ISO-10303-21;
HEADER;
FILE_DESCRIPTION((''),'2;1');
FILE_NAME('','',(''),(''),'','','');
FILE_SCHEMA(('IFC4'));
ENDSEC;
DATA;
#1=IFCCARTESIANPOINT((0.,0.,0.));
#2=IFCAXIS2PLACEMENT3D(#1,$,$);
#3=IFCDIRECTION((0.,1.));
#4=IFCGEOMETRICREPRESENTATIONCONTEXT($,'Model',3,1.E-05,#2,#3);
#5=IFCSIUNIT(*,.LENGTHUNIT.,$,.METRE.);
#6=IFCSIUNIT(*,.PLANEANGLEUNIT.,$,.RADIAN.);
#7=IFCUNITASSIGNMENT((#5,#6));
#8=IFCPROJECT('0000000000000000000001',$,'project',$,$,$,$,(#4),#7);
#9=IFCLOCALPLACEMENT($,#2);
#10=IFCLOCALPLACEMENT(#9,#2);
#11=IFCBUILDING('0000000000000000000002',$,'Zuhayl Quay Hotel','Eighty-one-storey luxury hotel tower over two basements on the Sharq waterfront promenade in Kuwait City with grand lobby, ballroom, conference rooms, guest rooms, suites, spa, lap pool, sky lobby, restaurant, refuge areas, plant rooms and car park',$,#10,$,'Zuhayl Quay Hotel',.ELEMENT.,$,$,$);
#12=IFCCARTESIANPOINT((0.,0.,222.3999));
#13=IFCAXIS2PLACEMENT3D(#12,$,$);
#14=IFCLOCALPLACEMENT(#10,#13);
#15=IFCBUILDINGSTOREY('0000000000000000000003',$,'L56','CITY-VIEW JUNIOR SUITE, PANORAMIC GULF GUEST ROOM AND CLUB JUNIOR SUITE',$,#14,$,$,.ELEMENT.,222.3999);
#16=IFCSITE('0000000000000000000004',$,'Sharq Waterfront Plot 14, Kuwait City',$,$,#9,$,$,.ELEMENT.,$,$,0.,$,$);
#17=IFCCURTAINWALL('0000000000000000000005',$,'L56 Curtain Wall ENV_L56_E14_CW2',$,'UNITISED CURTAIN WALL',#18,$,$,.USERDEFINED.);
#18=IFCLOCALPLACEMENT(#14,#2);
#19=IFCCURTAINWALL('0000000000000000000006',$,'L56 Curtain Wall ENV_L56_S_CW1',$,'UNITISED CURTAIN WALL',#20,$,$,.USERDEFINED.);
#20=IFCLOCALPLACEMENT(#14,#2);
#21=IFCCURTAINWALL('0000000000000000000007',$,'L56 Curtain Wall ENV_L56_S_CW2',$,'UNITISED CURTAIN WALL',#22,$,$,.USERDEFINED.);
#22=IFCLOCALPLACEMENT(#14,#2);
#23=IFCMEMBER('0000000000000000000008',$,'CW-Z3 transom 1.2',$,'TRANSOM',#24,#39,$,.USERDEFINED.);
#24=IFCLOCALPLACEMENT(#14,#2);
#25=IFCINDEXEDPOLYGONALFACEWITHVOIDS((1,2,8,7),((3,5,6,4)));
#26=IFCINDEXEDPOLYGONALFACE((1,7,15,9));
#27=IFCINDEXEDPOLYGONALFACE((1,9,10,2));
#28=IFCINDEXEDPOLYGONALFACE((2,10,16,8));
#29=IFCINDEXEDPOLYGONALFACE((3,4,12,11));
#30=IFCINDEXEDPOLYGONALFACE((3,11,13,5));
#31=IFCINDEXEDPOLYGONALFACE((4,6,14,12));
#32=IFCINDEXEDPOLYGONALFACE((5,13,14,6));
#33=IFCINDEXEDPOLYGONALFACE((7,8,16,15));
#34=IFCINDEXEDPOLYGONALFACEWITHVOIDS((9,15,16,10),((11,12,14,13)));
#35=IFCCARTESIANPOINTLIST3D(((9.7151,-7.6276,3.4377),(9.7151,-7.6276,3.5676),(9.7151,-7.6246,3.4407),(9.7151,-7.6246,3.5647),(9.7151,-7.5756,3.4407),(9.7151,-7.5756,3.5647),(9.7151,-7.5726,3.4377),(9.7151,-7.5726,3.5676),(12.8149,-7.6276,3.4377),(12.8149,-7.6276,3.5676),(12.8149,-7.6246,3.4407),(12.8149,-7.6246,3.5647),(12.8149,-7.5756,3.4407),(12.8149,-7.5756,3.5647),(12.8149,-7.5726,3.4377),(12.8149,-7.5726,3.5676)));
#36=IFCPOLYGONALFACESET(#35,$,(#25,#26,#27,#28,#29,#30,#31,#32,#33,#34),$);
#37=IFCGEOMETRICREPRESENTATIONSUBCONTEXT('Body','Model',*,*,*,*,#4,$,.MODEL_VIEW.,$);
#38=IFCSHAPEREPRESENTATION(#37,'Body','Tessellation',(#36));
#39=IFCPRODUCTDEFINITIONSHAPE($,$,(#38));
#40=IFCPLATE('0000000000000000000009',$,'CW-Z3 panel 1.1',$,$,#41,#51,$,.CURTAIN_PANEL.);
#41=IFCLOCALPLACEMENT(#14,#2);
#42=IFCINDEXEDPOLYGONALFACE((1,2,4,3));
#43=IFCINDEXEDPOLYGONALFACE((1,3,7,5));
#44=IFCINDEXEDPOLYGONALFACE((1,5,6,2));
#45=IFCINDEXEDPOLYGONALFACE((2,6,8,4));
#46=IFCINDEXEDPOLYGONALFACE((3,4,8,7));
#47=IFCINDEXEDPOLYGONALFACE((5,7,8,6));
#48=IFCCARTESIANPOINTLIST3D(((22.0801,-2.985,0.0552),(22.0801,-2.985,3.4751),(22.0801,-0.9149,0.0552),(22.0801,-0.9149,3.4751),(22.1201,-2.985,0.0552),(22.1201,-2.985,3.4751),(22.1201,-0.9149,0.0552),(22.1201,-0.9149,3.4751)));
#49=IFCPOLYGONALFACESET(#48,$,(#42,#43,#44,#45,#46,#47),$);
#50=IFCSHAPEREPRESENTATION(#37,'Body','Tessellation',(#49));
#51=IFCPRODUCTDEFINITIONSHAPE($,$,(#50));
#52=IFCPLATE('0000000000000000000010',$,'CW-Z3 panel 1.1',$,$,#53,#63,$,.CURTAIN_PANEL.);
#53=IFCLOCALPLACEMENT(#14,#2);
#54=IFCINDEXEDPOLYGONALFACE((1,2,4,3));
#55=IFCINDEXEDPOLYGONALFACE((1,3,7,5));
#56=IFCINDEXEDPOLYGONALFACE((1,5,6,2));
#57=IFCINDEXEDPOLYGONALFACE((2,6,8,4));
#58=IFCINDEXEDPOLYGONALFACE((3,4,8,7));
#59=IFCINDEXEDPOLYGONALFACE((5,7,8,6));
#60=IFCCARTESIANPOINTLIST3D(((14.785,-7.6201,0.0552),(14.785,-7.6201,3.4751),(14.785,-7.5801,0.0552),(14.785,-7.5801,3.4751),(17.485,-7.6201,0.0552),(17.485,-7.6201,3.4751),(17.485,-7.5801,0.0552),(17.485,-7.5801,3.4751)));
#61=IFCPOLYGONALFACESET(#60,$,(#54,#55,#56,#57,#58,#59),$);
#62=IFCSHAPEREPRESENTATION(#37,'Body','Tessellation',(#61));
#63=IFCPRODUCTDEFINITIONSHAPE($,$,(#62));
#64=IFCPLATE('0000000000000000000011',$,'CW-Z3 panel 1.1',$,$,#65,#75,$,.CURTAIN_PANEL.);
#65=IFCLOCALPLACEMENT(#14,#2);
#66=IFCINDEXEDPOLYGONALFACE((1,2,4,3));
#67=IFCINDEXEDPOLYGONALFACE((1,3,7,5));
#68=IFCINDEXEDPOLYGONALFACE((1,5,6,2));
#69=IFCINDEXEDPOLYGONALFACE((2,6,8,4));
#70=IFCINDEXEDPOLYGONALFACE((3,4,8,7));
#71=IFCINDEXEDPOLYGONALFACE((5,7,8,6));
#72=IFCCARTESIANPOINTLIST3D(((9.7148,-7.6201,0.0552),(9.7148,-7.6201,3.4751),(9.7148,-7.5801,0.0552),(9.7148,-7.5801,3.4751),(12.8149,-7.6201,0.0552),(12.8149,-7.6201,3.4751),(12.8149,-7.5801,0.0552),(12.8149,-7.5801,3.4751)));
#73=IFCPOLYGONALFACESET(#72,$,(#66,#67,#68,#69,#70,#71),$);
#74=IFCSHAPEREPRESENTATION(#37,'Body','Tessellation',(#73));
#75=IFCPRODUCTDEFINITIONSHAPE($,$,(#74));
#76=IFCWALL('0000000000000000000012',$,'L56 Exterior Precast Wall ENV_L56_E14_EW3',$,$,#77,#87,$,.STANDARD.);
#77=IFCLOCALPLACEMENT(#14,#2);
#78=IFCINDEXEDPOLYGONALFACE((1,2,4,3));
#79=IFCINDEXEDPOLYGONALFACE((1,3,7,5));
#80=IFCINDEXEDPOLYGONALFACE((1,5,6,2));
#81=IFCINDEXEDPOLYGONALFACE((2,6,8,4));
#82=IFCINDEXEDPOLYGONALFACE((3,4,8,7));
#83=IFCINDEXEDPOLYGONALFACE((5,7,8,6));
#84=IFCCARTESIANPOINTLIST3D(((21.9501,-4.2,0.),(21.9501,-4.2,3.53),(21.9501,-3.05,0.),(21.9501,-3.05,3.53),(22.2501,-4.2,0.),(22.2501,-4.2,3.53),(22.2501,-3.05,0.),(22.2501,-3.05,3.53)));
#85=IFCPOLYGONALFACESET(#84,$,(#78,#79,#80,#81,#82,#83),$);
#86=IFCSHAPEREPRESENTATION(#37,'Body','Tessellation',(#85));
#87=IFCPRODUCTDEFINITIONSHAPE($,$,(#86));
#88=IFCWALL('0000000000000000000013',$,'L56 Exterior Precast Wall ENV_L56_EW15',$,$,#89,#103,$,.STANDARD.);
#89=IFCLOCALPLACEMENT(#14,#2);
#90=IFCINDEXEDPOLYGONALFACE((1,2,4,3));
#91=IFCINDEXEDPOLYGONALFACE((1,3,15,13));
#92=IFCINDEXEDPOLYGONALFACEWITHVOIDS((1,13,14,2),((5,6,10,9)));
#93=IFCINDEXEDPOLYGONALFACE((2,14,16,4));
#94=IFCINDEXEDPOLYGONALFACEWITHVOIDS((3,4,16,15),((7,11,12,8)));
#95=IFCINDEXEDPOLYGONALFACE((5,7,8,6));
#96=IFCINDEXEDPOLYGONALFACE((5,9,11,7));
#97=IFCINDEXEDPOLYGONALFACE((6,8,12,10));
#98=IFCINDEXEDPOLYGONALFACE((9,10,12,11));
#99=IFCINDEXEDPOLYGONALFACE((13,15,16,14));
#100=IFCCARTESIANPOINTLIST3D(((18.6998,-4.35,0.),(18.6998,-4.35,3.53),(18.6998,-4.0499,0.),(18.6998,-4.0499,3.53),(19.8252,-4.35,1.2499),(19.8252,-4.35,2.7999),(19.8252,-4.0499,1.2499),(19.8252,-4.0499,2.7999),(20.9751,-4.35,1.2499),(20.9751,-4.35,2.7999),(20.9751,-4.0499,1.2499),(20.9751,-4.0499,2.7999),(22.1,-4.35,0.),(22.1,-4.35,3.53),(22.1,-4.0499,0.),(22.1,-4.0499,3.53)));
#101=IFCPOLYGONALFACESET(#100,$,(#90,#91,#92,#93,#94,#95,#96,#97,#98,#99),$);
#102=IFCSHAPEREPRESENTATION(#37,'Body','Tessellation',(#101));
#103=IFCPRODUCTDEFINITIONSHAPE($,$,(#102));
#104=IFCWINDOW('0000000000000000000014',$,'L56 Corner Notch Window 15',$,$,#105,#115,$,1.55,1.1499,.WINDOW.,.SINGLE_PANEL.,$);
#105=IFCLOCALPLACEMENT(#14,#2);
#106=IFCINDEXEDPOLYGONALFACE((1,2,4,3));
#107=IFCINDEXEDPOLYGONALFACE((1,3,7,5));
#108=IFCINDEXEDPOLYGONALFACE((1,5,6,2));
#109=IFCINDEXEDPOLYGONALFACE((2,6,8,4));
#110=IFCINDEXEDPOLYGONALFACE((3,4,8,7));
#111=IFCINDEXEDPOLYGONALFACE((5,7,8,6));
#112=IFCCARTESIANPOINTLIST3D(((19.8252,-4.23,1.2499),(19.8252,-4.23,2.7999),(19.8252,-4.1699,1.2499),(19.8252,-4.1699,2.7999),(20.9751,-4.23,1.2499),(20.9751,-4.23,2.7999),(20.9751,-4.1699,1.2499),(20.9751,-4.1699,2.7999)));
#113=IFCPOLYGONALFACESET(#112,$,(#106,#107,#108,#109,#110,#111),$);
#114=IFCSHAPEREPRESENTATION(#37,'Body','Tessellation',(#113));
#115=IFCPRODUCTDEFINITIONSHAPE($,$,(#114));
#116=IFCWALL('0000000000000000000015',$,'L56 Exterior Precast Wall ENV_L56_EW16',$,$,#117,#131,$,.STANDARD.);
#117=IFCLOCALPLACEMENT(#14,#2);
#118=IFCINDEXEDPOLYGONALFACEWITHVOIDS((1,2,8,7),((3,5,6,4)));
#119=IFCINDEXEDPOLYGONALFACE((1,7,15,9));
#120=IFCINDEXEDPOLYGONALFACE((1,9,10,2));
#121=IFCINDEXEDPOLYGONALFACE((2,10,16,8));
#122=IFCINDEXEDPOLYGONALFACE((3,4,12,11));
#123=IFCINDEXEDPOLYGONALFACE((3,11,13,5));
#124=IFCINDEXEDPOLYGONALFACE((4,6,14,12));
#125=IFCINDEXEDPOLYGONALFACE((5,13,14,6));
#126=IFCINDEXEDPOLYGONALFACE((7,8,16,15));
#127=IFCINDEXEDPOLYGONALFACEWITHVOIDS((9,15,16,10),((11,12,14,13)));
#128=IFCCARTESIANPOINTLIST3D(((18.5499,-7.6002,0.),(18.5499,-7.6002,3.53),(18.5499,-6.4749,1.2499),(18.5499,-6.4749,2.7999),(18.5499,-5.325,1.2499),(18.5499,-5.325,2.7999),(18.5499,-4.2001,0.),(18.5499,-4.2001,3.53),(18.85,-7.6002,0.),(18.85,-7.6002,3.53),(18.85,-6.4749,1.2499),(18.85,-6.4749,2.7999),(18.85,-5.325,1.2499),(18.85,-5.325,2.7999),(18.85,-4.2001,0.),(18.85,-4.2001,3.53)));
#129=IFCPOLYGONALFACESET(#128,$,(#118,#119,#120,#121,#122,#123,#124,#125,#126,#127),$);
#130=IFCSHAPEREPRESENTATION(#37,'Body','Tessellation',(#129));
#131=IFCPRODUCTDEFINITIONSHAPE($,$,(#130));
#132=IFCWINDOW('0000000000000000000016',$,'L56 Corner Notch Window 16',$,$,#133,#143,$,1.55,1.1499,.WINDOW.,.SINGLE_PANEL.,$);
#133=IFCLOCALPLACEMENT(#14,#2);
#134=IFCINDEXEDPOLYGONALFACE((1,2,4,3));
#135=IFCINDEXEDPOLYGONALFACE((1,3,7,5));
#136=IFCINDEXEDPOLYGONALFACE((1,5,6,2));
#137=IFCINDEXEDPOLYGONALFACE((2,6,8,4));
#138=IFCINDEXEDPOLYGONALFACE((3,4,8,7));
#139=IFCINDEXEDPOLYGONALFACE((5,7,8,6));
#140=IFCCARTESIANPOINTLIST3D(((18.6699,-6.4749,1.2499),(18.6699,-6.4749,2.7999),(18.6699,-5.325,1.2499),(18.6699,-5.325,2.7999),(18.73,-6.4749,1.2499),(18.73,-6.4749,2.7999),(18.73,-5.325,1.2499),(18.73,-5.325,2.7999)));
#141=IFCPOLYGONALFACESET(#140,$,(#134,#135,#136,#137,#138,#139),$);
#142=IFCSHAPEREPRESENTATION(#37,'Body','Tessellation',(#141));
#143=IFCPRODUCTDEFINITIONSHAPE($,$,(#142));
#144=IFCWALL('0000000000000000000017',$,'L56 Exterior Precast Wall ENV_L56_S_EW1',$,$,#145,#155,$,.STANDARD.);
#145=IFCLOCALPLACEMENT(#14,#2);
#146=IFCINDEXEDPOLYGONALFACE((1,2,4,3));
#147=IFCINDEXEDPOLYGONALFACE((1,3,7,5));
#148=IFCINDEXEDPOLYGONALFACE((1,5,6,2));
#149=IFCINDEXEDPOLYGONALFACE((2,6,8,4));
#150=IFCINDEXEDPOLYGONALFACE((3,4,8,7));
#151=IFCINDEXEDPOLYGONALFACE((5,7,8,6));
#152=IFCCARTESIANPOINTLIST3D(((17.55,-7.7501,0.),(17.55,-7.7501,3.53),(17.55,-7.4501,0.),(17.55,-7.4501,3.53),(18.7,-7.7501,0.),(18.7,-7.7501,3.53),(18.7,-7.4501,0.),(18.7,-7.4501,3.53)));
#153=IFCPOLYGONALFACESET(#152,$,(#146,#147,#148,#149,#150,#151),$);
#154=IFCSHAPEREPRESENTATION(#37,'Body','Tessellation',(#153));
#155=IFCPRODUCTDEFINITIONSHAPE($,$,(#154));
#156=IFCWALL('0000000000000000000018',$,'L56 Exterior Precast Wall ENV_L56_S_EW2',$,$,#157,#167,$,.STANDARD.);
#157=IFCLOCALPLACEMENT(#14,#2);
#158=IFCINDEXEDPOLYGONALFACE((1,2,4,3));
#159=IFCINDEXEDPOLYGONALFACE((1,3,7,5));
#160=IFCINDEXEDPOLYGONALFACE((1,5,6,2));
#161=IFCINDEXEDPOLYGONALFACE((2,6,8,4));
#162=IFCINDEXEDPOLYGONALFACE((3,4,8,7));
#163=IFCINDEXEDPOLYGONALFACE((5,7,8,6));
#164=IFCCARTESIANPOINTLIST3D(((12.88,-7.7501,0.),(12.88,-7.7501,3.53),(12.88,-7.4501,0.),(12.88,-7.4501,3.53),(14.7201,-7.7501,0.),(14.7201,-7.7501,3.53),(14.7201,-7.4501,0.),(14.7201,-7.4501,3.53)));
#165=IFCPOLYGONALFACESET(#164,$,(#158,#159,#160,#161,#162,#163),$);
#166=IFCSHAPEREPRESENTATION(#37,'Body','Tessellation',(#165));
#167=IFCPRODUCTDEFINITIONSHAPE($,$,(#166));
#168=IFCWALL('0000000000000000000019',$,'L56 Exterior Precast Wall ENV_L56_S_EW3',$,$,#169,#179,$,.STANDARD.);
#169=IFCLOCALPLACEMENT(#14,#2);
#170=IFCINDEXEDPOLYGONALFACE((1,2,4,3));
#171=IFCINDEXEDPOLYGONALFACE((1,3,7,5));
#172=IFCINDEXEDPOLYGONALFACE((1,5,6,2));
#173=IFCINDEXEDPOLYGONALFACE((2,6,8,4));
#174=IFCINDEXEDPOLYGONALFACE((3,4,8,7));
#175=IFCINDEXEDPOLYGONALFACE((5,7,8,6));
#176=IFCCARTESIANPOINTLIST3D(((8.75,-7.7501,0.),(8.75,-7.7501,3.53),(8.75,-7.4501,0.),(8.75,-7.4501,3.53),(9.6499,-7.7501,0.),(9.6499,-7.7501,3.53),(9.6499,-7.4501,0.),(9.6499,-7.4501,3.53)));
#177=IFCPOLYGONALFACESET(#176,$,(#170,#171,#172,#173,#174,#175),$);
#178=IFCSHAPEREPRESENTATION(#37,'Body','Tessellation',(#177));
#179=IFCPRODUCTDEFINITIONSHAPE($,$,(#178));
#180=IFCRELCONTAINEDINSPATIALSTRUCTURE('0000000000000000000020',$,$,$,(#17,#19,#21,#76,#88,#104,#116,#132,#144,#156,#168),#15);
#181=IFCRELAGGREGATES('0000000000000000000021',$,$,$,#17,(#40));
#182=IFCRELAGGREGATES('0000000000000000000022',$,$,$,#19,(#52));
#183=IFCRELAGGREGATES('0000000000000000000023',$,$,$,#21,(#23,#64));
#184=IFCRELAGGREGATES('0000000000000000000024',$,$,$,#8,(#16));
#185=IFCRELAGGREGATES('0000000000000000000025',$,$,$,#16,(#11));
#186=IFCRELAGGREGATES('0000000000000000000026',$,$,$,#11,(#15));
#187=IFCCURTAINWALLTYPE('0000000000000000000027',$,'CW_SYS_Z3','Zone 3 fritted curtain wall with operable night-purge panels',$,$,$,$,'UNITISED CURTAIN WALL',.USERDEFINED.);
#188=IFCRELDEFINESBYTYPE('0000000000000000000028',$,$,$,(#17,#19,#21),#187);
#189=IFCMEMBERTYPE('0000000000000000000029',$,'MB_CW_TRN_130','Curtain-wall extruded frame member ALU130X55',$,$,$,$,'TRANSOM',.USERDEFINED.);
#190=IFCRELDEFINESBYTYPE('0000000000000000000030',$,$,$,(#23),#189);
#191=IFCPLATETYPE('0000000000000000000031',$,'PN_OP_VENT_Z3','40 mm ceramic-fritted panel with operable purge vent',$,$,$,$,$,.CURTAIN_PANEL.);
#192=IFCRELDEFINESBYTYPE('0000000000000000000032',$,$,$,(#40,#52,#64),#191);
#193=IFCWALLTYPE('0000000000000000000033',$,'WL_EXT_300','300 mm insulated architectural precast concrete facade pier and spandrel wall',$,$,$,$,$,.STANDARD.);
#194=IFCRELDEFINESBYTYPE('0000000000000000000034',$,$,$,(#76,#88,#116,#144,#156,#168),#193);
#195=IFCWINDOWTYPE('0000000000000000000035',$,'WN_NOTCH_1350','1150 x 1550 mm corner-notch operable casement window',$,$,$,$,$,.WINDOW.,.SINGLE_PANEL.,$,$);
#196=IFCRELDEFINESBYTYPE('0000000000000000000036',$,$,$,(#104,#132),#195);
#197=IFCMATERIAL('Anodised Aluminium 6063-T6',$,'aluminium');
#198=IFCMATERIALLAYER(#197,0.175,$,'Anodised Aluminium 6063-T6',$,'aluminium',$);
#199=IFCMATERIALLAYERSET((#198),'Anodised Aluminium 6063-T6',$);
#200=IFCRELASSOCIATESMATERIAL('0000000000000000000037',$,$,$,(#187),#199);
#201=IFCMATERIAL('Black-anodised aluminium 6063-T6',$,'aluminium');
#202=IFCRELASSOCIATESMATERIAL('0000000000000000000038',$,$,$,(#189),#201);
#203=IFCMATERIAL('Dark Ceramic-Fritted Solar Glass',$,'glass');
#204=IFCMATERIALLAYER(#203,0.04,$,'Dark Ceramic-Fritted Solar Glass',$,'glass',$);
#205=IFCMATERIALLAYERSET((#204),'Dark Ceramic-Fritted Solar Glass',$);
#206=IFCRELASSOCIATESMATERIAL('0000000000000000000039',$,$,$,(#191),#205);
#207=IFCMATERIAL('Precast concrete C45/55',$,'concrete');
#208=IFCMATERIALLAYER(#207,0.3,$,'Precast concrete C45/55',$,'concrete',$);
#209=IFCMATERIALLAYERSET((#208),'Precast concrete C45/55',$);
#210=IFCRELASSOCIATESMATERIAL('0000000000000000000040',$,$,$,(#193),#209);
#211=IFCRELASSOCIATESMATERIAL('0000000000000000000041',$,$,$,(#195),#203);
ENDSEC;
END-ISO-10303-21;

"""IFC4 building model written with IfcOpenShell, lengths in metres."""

from ifc_helpers import new_model, si_unit, direction, frame, frame_2d, origin, origin_2d, place, context, subcontext, project, spatial, rectangle, hollow_rectangle, extrude, material, layer, layer_set, material_profile, profile_set, type_object, element, fill, aggregate, save


model = new_model("IFC4")

# Units and contexts
model_context = context("Model", 3, precision=1e-05, world=origin(), true_north=direction((0.0, 1.0)))
body_context = subcontext(model_context, "Body", "Model", "MODEL_VIEW")
ifc_project = project(units=[si_unit("LENGTHUNIT", "METRE"), si_unit("PLANEANGLEUNIT", "RADIAN")], contexts=[model_context])

# Site, building, storey
site_placement = place(None, origin())
site = spatial("IfcSite", under=ifc_project, at=site_placement, Name="Sharq Waterfront Plot 14, Kuwait City", CompositionType="ELEMENT", RefElevation=0.0)
building_placement = place(site_placement, origin())
building = spatial("IfcBuilding", under=site, at=building_placement, Name="Zuhayl Quay Hotel", Description="Eighty-one-storey luxury hotel tower over two basements on the Sharq waterfront promenade in Kuwait City with grand lobby, ballroom, conference rooms, guest rooms, suites, spa, lap pool, sky lobby, restaurant, refuge areas, plant rooms and car park", LongName="Zuhayl Quay Hotel", CompositionType="ELEMENT")
storey_placement = place(building_placement, frame((0.0, 0.0, 222.3999)))
storey = spatial("IfcBuildingStorey", under=building, at=storey_placement, Name="L56", Description="CITY-VIEW JUNIOR SUITE, PANORAMIC GULF GUEST ROOM AND CLUB JUNIOR SUITE", CompositionType="ELEMENT", Elevation=222.3999)

# Curtain wall
ifc_material_1 = material(Name="Anodised Aluminium 6063-T6", Category="aluminium")
ifc_layer_1 = layer(ifc_material_1, 0.175, Name="Anodised Aluminium 6063-T6", Category="aluminium")
ifc_layer_set_1 = layer_set([ifc_layer_1], Name="Anodised Aluminium 6063-T6")
curtain_wall_type = type_object("IfcCurtainWallType", Name="CW_SYS_Z3", Description="Zone 3 fritted curtain wall with operable night-purge panels", ElementType="UNITISED CURTAIN WALL", PredefinedType="USERDEFINED", material=ifc_layer_set_1)
curtain_wall_1_placement = place(storey_placement, origin())
curtain_wall_1 = element("IfcCurtainWall", 1, at=curtain_wall_1_placement, inside=storey, type_object=curtain_wall_type, Name="L56 Curtain Wall ENV_L56_E14_CW2", ObjectType="UNITISED CURTAIN WALL", PredefinedType="USERDEFINED")
ifc_material_2 = material(Name="Black-anodised aluminium 6063-T6", Category="aluminium")

# Curtain walls
curtain_wall_2_placement = place(storey_placement, origin())
curtain_wall_2 = element("IfcCurtainWall", 2, at=curtain_wall_2_placement, inside=storey, type_object=curtain_wall_type, Name="L56 Curtain Wall ENV_L56_S_CW1", ObjectType="UNITISED CURTAIN WALL", PredefinedType="USERDEFINED")
curtain_wall_3_placement = place(storey_placement, origin())
curtain_wall_3 = element("IfcCurtainWall", 3, at=curtain_wall_3_placement, inside=storey, type_object=curtain_wall_type, Name="L56 Curtain Wall ENV_L56_S_CW2", ObjectType="UNITISED CURTAIN WALL", PredefinedType="USERDEFINED")

# Member
ifc_material_profile_1 = material_profile(ifc_material_2, hollow_rectangle(XDim=0.0549, YDim=0.1299, WallThickness=0.0029, at=origin_2d()), Name="ALU130X55")
ifc_profile_set_1 = profile_set([ifc_material_profile_1], Name="Black-anodised aluminium 6063-T6")
member_type_1 = type_object("IfcMemberType", Name="MB_CW_TRN_130", Description="Curtain-wall extruded frame member ALU130X55", ElementType="TRANSOM", PredefinedType="USERDEFINED", material=ifc_profile_set_1)
member_1_placement = place(storey_placement, frame((12.8149, -7.6001, 3.5027), z_axis=(-1.0, 0.0, 0.0), x_axis=(0.0, -1.0, 0.0)))
member_1 = element("IfcMember", 4, at=member_1_placement, type_object=member_type_1, Name="CW-Z3 transom 1.2", ObjectType="TRANSOM", PredefinedType="USERDEFINED", context=body_context, shape_type="SweptSolid", body=[
    extrude(hollow_rectangle(XDim=0.0549, YDim=0.1299, WallThickness=0.0029, at=origin_2d()), origin(), (0.0, 0.0, 1.0), 3.0999),
])

# Plates
ifc_material_3 = material(Name="Dark Ceramic-Fritted Solar Glass", Category="glass")
ifc_layer_2 = layer(ifc_material_3, 0.04, Name="Dark Ceramic-Fritted Solar Glass", Category="glass")
ifc_layer_set_2 = layer_set([ifc_layer_2], Name="Dark Ceramic-Fritted Solar Glass")
plate_type = type_object("IfcPlateType", Name="PN_OP_VENT_Z3", Description="40 mm ceramic-fritted panel with operable purge vent", PredefinedType="CURTAIN_PANEL", material=ifc_layer_set_2)
plate_1_placement = place(storey_placement, frame((22.1001, -1.95, 0.0552), z_axis=(0.0, 0.0, 1.0), x_axis=(0.0, -1.0, 0.0)))
plate_1 = element("IfcPlate", 5, at=plate_1_placement, type_object=plate_type, Name="CW-Z3 panel 1.1", PredefinedType="CURTAIN_PANEL", context=body_context, shape_type="SweptSolid", body=[
    extrude(rectangle(XDim=2.0701, YDim=0.04, at=origin_2d()), origin(), (0.0, 0.0, 1.0), 3.4199),
])
aggregate(curtain_wall_1, [plate_1])
plate_2_placement = place(storey_placement, frame((16.135, -7.6001, 0.0552), z_axis=(0.0, 0.0, 1.0), x_axis=(-1.0, 0.0, 0.0)))
plate_2 = element("IfcPlate", 6, at=plate_2_placement, type_object=plate_type, Name="CW-Z3 panel 1.1", PredefinedType="CURTAIN_PANEL", context=body_context, shape_type="SweptSolid", body=[
    extrude(rectangle(XDim=2.7, YDim=0.04, at=origin_2d()), origin(), (0.0, 0.0, 1.0), 3.4199),
])
aggregate(curtain_wall_2, [plate_2])
plate_3_placement = place(storey_placement, frame((11.2649, -7.6001, 0.0552), z_axis=(0.0, 0.0, 1.0), x_axis=(-1.0, 0.0, 0.0)))
plate_3 = element("IfcPlate", 7, at=plate_3_placement, type_object=plate_type, Name="CW-Z3 panel 1.1", PredefinedType="CURTAIN_PANEL", context=body_context, shape_type="SweptSolid", body=[
    extrude(rectangle(XDim=3.1001, YDim=0.04, at=origin_2d()), origin(), (0.0, 0.0, 1.0), 3.4199),
])
aggregate(curtain_wall_3, [member_1, plate_3])

# Wall
ifc_material_4 = material(Name="Precast concrete C45/55", Category="concrete")
ifc_layer_3 = layer(ifc_material_4, 0.3, Name="Precast concrete C45/55", Category="concrete")
ifc_layer_set_3 = layer_set([ifc_layer_3], Name="Precast concrete C45/55")
wall_type_1 = type_object("IfcWallType", Name="WL_EXT_300", Description="300 mm insulated architectural precast concrete facade pier and spandrel wall", PredefinedType="STANDARD", material=ifc_layer_set_3)
wall_1_placement = place(storey_placement, frame((22.1001, -3.05, 0.0), z_axis=(0.0, 0.0, 1.0), x_axis=(0.0, -1.0, 0.0)))
element("IfcWall", 8, at=wall_1_placement, inside=storey, type_object=wall_type_1, Name="L56 Exterior Precast Wall ENV_L56_E14_EW3", PredefinedType="STANDARD", context=body_context, shape_type="SweptSolid", body=[
    extrude(rectangle(XDim=1.1499, YDim=0.3, at=frame_2d((0.575, 0.0))), origin(), (0.0, 0.0, 1.0), 3.53),
])

# Walls, openings, windows
wall_2_placement = place(storey_placement, frame((22.1001, -4.2, 0.0), z_axis=(0.0, 0.0, 1.0), x_axis=(-1.0, 0.0, 0.0)))
wall_2 = element("IfcWall", 9, at=wall_2_placement, inside=storey, type_object=wall_type_1, Name="L56 Exterior Precast Wall ENV_L56_EW15", PredefinedType="STANDARD", context=body_context, shape_type="SweptSolid", body=[
    extrude(rectangle(XDim=3.4001, YDim=0.3, at=frame_2d((1.7002, 0.0))), origin(), (0.0, 0.0, 1.0), 3.53),
])
opening_1_placement = place(wall_2_placement, frame((1.125, 0.0, 1.25)))
opening_1 = element("IfcOpeningElement", 10, at=opening_1_placement, cuts=wall_2, PredefinedType="OPENING", context=body_context, shape_type="SweptSolid", body=[
    extrude(rectangle(XDim=1.1499, YDim=1.55, at=frame_2d((0.575, 0.7749))), frame((0.0, 0.1599, 0.0), z_axis=(0.0, -1.0, 0.0), x_axis=(1.0, 0.0, 0.0)), (0.0, 0.0, 1.0), 0.3201),
])
window_type = type_object("IfcWindowType", Name="WN_NOTCH_1350", Description="1150 x 1550 mm corner-notch operable casement window", PartitioningType="SINGLE_PANEL", PredefinedType="WINDOW", material=ifc_material_3)
window_1_placement = place(opening_1_placement, origin())
window_1 = element("IfcWindow", 11, at=window_1_placement, inside=storey, type_object=window_type, Name="L56 Corner Notch Window 15", OverallHeight=1.55, OverallWidth=1.1499, PartitioningType="SINGLE_PANEL", PredefinedType="WINDOW", context=body_context, shape_type="SweptSolid", body=[
    extrude(rectangle(XDim=1.1499, YDim=1.55, at=frame_2d((0.575, 0.7749))), frame((0.0, 0.03, 0.0), z_axis=(0.0, -1.0, 0.0), x_axis=(1.0, 0.0, 0.0)), (0.0, 0.0, 1.0), 0.0601),
])
fill(opening_1, window_1)
wall_3_placement = place(storey_placement, frame((18.7, -4.2, 0.0), z_axis=(0.0, 0.0, 1.0), x_axis=(0.0, -1.0, 0.0)))
wall_3 = element("IfcWall", 12, at=wall_3_placement, inside=storey, type_object=wall_type_1, Name="L56 Exterior Precast Wall ENV_L56_EW16", PredefinedType="STANDARD", context=body_context, shape_type="SweptSolid", body=[
    extrude(rectangle(XDim=3.4001, YDim=0.3, at=frame_2d((1.7002, 0.0))), origin(), (0.0, 0.0, 1.0), 3.53),
])
opening_2_placement = place(wall_3_placement, frame((1.125, 0.0, 1.25)))
opening_2 = element("IfcOpeningElement", 13, at=opening_2_placement, cuts=wall_3, PredefinedType="OPENING", context=body_context, shape_type="SweptSolid", body=[
    extrude(rectangle(XDim=1.1499, YDim=1.55, at=frame_2d((0.575, 0.7749))), frame((0.0, 0.1599, 0.0), z_axis=(0.0, -1.0, 0.0), x_axis=(1.0, 0.0, 0.0)), (0.0, 0.0, 1.0), 0.3201),
])
window_2_placement = place(opening_2_placement, origin())
window_2 = element("IfcWindow", 14, at=window_2_placement, inside=storey, type_object=window_type, Name="L56 Corner Notch Window 16", OverallHeight=1.55, OverallWidth=1.1499, PartitioningType="SINGLE_PANEL", PredefinedType="WINDOW", context=body_context, shape_type="SweptSolid", body=[
    extrude(rectangle(XDim=1.1499, YDim=1.55, at=frame_2d((0.575, 0.7749))), frame((0.0, 0.03, 0.0), z_axis=(0.0, -1.0, 0.0), x_axis=(1.0, 0.0, 0.0)), (0.0, 0.0, 1.0), 0.0601),
])
fill(opening_2, window_2)

# Walls
wall_4_placement = place(storey_placement, frame((18.7, -7.6001, 0.0), z_axis=(0.0, 0.0, 1.0), x_axis=(-1.0, 0.0, 0.0)))
element("IfcWall", 15, at=wall_4_placement, inside=storey, type_object=wall_type_1, Name="L56 Exterior Precast Wall ENV_L56_S_EW1", PredefinedType="STANDARD", context=body_context, shape_type="SweptSolid", body=[
    extrude(rectangle(XDim=1.1499, YDim=0.3, at=frame_2d((0.575, 0.0))), origin(), (0.0, 0.0, 1.0), 3.53),
])
wall_5_placement = place(storey_placement, frame((14.72, -7.6001, 0.0), z_axis=(0.0, 0.0, 1.0), x_axis=(-1.0, 0.0, 0.0)))
element("IfcWall", 16, at=wall_5_placement, inside=storey, type_object=wall_type_1, Name="L56 Exterior Precast Wall ENV_L56_S_EW2", PredefinedType="STANDARD", context=body_context, shape_type="SweptSolid", body=[
    extrude(rectangle(XDim=1.8401, YDim=0.3, at=frame_2d((0.9199, 0.0))), origin(), (0.0, 0.0, 1.0), 3.53),
])
wall_6_placement = place(storey_placement, frame((9.6499, -7.6001, 0.0), z_axis=(0.0, 0.0, 1.0), x_axis=(-1.0, 0.0, 0.0)))
element("IfcWall", 17, at=wall_6_placement, inside=storey, type_object=wall_type_1, Name="L56 Exterior Precast Wall ENV_L56_S_EW3", PredefinedType="STANDARD", context=body_context, shape_type="SweptSolid", body=[
    extrude(rectangle(XDim=0.8999, YDim=0.3, at=frame_2d((0.45, 0.0))), origin(), (0.0, 0.0, 1.0), 3.53),
])

save(model, "model.ifc")
